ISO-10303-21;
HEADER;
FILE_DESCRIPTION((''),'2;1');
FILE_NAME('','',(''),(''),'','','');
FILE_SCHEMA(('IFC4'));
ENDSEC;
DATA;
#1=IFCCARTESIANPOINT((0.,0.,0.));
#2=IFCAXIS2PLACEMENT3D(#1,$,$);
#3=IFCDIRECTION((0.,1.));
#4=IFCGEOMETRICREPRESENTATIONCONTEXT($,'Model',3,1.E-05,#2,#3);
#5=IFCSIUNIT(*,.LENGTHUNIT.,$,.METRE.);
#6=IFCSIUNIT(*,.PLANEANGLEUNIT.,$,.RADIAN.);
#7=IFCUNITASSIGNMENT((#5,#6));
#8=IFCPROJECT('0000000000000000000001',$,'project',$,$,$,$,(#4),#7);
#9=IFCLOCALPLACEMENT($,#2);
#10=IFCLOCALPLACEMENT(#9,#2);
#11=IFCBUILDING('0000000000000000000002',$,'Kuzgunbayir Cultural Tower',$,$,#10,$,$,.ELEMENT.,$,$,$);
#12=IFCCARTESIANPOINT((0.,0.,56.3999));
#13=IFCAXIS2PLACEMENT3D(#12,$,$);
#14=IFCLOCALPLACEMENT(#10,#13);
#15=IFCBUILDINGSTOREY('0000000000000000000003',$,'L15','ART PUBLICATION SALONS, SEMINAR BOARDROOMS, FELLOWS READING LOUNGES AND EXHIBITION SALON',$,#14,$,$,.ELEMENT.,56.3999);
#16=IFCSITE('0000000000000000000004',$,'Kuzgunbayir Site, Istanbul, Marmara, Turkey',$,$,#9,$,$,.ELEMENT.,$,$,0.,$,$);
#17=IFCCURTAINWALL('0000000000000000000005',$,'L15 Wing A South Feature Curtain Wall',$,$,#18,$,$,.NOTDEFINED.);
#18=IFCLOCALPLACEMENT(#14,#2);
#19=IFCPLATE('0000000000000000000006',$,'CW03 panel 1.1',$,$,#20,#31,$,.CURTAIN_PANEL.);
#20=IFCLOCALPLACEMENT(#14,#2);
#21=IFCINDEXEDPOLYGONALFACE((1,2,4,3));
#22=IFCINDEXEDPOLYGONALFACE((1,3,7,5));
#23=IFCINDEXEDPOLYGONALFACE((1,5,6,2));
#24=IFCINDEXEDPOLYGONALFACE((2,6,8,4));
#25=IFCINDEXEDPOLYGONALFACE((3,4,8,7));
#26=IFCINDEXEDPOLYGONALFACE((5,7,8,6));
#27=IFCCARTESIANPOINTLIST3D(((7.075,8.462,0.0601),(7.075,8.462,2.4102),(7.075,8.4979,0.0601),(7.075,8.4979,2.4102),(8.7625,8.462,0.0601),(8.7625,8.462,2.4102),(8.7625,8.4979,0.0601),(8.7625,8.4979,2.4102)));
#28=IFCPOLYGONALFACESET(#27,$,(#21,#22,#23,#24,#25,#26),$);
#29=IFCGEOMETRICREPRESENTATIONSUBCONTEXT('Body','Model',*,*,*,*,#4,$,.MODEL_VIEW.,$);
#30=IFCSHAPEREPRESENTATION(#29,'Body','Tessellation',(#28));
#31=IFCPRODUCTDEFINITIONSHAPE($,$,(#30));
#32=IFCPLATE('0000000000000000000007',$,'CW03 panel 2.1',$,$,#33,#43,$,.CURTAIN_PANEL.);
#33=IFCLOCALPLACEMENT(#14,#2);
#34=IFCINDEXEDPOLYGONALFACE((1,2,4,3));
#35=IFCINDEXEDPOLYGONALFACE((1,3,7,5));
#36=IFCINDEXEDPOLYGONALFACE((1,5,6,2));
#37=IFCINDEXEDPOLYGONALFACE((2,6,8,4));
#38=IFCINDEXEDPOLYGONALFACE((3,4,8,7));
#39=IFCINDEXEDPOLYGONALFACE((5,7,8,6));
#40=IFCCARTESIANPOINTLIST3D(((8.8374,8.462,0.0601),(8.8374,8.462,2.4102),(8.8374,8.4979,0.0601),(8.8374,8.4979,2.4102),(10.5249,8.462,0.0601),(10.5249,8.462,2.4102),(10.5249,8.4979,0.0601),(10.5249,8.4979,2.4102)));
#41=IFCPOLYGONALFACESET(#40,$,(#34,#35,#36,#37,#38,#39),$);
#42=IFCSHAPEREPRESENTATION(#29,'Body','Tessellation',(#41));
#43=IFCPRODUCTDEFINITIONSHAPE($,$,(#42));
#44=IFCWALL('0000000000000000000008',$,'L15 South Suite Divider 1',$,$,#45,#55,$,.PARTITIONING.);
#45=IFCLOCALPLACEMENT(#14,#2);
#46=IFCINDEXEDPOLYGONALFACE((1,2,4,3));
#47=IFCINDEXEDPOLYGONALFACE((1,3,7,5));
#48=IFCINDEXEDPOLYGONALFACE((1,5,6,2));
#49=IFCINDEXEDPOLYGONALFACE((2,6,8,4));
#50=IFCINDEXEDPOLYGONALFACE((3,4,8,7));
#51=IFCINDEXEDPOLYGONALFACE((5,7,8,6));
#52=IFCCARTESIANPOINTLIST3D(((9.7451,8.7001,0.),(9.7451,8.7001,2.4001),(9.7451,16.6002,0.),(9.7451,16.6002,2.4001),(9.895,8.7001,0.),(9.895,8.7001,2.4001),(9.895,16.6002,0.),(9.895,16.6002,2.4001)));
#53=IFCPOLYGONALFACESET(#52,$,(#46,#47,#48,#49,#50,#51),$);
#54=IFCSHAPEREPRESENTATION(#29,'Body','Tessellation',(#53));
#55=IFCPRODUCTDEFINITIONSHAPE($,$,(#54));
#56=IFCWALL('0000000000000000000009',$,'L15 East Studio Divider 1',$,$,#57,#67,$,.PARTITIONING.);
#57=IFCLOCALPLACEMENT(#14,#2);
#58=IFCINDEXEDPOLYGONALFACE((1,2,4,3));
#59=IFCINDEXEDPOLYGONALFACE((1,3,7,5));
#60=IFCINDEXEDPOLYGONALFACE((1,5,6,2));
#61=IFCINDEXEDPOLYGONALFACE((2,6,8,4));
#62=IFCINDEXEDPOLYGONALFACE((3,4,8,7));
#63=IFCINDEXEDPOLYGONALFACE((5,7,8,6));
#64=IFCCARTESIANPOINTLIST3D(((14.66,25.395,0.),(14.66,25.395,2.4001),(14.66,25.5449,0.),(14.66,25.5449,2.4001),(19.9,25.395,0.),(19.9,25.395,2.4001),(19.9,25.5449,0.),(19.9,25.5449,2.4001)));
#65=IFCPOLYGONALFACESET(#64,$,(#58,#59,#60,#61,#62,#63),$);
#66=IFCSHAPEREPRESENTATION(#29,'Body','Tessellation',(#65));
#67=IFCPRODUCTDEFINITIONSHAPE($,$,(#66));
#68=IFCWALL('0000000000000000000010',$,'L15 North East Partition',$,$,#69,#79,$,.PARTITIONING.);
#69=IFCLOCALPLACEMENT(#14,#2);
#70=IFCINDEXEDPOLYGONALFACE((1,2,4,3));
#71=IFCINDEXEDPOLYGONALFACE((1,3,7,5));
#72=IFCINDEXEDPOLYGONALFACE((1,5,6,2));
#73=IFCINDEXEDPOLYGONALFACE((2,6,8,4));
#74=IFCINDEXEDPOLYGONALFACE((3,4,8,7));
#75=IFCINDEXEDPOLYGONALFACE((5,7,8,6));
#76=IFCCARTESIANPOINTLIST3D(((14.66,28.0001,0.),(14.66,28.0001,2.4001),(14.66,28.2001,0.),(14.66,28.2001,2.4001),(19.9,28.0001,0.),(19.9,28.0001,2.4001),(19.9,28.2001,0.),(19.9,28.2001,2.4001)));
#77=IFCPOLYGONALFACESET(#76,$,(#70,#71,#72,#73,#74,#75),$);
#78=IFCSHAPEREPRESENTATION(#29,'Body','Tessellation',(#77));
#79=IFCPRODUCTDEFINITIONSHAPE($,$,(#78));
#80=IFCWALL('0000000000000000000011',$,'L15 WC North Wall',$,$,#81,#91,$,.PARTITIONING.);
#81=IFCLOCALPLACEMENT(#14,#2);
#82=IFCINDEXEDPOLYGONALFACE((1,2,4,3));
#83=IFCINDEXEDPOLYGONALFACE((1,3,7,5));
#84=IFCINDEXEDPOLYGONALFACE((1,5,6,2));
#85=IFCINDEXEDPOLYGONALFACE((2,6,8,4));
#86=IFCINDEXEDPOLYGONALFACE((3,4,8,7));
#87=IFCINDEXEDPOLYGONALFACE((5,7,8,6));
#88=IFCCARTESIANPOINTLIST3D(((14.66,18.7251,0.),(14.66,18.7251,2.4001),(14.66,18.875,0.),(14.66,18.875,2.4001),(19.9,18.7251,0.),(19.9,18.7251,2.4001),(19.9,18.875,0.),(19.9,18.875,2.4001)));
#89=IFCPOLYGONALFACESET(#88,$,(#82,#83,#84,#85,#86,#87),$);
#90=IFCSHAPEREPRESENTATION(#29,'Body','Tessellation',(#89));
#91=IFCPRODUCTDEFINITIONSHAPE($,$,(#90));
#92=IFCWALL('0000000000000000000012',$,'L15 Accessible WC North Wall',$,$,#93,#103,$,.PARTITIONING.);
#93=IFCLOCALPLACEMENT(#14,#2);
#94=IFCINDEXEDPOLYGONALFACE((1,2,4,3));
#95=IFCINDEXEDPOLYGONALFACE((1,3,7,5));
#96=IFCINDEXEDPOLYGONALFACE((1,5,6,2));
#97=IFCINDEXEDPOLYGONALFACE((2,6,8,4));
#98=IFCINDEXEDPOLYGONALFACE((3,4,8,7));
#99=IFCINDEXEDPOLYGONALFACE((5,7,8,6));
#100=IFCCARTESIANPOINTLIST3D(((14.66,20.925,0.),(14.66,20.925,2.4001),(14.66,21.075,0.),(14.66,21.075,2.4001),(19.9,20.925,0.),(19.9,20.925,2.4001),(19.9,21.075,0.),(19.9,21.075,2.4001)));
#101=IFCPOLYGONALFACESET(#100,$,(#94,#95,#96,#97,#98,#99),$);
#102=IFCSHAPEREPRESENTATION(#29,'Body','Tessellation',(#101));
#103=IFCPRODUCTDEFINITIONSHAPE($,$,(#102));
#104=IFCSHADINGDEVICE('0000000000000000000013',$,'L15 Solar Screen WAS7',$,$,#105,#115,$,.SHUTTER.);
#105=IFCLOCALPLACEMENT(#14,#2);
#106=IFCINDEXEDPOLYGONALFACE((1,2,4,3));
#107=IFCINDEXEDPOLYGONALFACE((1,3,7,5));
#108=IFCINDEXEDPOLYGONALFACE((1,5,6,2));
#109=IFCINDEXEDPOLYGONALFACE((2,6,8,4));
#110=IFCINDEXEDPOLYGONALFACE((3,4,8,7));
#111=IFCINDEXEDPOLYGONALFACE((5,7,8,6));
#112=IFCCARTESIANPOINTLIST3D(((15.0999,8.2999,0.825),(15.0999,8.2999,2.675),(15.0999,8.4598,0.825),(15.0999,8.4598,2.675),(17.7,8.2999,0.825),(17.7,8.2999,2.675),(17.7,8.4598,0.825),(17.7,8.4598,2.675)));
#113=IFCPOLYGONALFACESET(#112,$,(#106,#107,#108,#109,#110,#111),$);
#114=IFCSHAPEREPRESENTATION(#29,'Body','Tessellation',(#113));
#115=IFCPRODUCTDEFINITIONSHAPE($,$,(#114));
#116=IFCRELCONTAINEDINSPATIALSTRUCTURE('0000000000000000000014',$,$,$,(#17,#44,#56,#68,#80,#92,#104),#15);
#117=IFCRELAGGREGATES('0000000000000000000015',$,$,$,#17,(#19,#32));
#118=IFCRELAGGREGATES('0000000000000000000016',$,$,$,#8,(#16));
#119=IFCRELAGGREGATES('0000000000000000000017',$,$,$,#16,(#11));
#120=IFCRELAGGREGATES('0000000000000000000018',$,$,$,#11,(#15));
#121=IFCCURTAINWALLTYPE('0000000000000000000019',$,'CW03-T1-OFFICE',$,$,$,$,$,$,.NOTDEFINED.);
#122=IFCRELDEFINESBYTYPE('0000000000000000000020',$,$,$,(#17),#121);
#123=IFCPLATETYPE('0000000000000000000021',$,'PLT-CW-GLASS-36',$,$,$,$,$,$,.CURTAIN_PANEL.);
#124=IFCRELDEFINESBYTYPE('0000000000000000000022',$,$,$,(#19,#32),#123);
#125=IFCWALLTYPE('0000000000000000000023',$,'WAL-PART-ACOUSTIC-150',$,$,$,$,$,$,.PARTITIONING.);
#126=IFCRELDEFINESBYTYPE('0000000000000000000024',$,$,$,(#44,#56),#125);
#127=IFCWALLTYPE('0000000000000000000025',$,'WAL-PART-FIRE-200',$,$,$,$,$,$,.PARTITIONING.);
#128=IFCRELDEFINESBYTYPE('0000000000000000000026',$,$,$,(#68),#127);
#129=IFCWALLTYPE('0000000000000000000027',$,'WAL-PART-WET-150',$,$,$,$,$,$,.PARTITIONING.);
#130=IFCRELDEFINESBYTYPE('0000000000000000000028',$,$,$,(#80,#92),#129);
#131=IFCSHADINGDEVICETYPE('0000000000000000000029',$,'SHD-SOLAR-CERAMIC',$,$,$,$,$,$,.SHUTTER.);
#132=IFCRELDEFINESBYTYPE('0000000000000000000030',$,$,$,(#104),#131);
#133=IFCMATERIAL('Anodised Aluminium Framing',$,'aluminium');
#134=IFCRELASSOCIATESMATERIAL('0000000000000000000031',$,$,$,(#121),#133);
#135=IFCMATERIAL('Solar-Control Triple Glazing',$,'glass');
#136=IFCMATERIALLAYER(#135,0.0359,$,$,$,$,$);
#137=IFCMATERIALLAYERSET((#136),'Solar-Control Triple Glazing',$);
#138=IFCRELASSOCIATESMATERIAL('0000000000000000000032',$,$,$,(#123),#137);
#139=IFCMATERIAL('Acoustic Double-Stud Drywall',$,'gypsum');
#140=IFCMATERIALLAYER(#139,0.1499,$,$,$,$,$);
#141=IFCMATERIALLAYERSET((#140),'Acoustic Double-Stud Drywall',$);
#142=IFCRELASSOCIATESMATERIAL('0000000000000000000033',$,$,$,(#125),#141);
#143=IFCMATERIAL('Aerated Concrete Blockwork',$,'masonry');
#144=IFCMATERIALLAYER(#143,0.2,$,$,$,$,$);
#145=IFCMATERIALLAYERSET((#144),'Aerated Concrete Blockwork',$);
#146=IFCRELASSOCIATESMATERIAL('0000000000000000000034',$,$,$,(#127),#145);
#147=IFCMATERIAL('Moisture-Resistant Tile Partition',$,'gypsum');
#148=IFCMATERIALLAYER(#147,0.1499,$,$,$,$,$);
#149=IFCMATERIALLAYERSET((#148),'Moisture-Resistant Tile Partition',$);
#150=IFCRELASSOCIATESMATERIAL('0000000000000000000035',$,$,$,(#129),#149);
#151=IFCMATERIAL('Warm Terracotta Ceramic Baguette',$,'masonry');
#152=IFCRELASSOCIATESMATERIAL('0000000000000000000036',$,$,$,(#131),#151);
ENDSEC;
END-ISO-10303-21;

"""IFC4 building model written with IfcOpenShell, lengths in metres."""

from ifc_helpers import new_model, si_unit, direction, frame, frame_2d, origin, origin_2d, place, context, subcontext, project, spatial, rectangle, extrude, material, layer, layer_set, type_object, element, aggregate, save


model = new_model("IFC4")

# Units and contexts
model_context = context("Model", 3, precision=1e-05, world=origin(), true_north=direction((0.0, 1.0)))
body_context = subcontext(model_context, "Body", "Model", "MODEL_VIEW")
ifc_project = project(units=[si_unit("LENGTHUNIT", "METRE"), si_unit("PLANEANGLEUNIT", "RADIAN")], contexts=[model_context])

# Site, building, storey
site_placement = place(None, origin())
site = spatial("IfcSite", under=ifc_project, at=site_placement, Name="Kuzgunbayir Site, Istanbul, Marmara, Turkey", CompositionType="ELEMENT", RefElevation=0.0)
building_placement = place(site_placement, origin())
building = spatial("IfcBuilding", under=site, at=building_placement, Name="Kuzgunbayir Cultural Tower", CompositionType="ELEMENT")
storey_placement = place(building_placement, frame((0.0, 0.0, 56.3999)))
storey = spatial("IfcBuildingStorey", under=building, at=storey_placement, Name="L15", Description="ART PUBLICATION SALONS, SEMINAR BOARDROOMS, FELLOWS READING LOUNGES AND EXHIBITION SALON", CompositionType="ELEMENT", Elevation=56.3999)

# Curtain wall, plates
ifc_material_1 = material(Name="Anodised Aluminium Framing", Category="aluminium")
curtain_wall_type = type_object("IfcCurtainWallType", Name="CW03-T1-OFFICE", PredefinedType="NOTDEFINED", material=ifc_material_1)
curtain_wall_placement = place(storey_placement, origin())
curtain_wall = element("IfcCurtainWall", 1, at=curtain_wall_placement, inside=storey, type_object=curtain_wall_type, Name="L15 Wing A South Feature Curtain Wall", PredefinedType="NOTDEFINED")
ifc_material_2 = material(Name="Solar-Control Triple Glazing", Category="glass")
ifc_layer_1 = layer(ifc_material_2, 0.0359)
ifc_layer_set_1 = layer_set([ifc_layer_1], Name="Solar-Control Triple Glazing")
plate_type = type_object("IfcPlateType", Name="PLT-CW-GLASS-36", PredefinedType="CURTAIN_PANEL", material=ifc_layer_set_1)
plate_1_placement = place(storey_placement, frame((7.9187, 8.48, 0.0601), z_axis=(0.0, 0.0, 1.0), x_axis=(1.0, 0.0, 0.0)))
plate_1 = element("IfcPlate", 2, at=plate_1_placement, type_object=plate_type, Name="CW03 panel 1.1", PredefinedType="CURTAIN_PANEL", context=body_context, shape_type="SweptSolid", body=[
    extrude(rectangle(XDim=1.6875, YDim=0.0359, at=origin_2d()), origin(), (0.0, 0.0, 1.0), 2.3501),
])
plate_2_placement = place(storey_placement, frame((9.6812, 8.48, 0.0601), z_axis=(0.0, 0.0, 1.0), x_axis=(1.0, 0.0, 0.0)))
plate_2 = element("IfcPlate", 3, at=plate_2_placement, type_object=plate_type, Name="CW03 panel 2.1", PredefinedType="CURTAIN_PANEL", context=body_context, shape_type="SweptSolid", body=[
    extrude(rectangle(XDim=1.6875, YDim=0.0359, at=origin_2d()), origin(), (0.0, 0.0, 1.0), 2.3501),
])
aggregate(curtain_wall, [plate_1, plate_2])

# Walls
ifc_material_3 = material(Name="Acoustic Double-Stud Drywall", Category="gypsum")
ifc_layer_2 = layer(ifc_material_3, 0.1499)
ifc_layer_set_2 = layer_set([ifc_layer_2], Name="Acoustic Double-Stud Drywall")
wall_type_1 = type_object("IfcWallType", Name="WAL-PART-ACOUSTIC-150", PredefinedType="PARTITIONING", material=ifc_layer_set_2)
wall_1_placement = place(storey_placement, frame((9.8201, 8.7, 0.0), z_axis=(0.0, 0.0, 1.0), x_axis=(0.0, 1.0, 0.0)))
element("IfcWall", 4, at=wall_1_placement, inside=storey, type_object=wall_type_1, Name="L15 South Suite Divider 1", PredefinedType="PARTITIONING", context=body_context, shape_type="SweptSolid", body=[
    extrude(rectangle(XDim=7.9001, YDim=0.1499, at=frame_2d((3.9502, 0.0))), origin(), (0.0, 0.0, 1.0), 2.4001),
])
wall_2_placement = place(storey_placement, frame((14.6599, 25.47, 0.0), z_axis=(0.0, 0.0, 1.0), x_axis=(1.0, 0.0, 0.0)))
element("IfcWall", 5, at=wall_2_placement, inside=storey, type_object=wall_type_1, Name="L15 East Studio Divider 1", PredefinedType="PARTITIONING", context=body_context, shape_type="SweptSolid", body=[
    extrude(rectangle(XDim=5.24, YDim=0.1499, at=frame_2d((2.6201, 0.0))), origin(), (0.0, 0.0, 1.0), 2.4001),
])

# Shared definitions
ifc_material_4 = material(Name="Aerated Concrete Blockwork", Category="masonry")
ifc_layer_3 = layer(ifc_material_4, 0.2)
ifc_layer_set_3 = layer_set([ifc_layer_3], Name="Aerated Concrete Blockwork")
wall_type_2 = type_object("IfcWallType", Name="WAL-PART-FIRE-200", PredefinedType="PARTITIONING", material=ifc_layer_set_3)

# Walls
wall_3_placement = place(storey_placement, frame((14.6599, 28.1001, 0.0), z_axis=(0.0, 0.0, 1.0), x_axis=(1.0, 0.0, 0.0)))
element("IfcWall", 6, at=wall_3_placement, inside=storey, type_object=wall_type_2, Name="L15 North East Partition", PredefinedType="PARTITIONING", context=body_context, shape_type="SweptSolid", body=[
    extrude(rectangle(XDim=5.24, YDim=0.2, at=frame_2d((2.6201, 0.0))), origin(), (0.0, 0.0, 1.0), 2.4001),
])
ifc_material_5 = material(Name="Moisture-Resistant Tile Partition", Category="gypsum")
ifc_layer_4 = layer(ifc_material_5, 0.1499)
ifc_layer_set_4 = layer_set([ifc_layer_4], Name="Moisture-Resistant Tile Partition")
wall_type_3 = type_object("IfcWallType", Name="WAL-PART-WET-150", PredefinedType="PARTITIONING", material=ifc_layer_set_4)
for number, where, z_axis, x_axis, name in (
    (7, (14.6599, 18.8, 0.0), (0.0, 0.0, 1.0), (1.0, 0.0, 0.0), "L15 WC North Wall"),
    (8, (14.6599, 21.0, 0.0), (0.0, 0.0, 1.0), (1.0, 0.0, 0.0), "L15 Accessible WC North Wall"),
):
    element("IfcWall", number, at=place(storey_placement, frame(where, z_axis=z_axis, x_axis=x_axis)), inside=storey, type_object=wall_type_3, Name=name, PredefinedType="PARTITIONING", context=body_context, shape_type="SweptSolid", body=[
        extrude(rectangle(XDim=5.24, YDim=0.1499, at=frame_2d((2.6201, 0.0))), origin(), (0.0, 0.0, 1.0), 2.4001),
    ])

# Shading device
ifc_material_6 = material(Name="Warm Terracotta Ceramic Baguette", Category="masonry")
shading_device_type = type_object("IfcShadingDeviceType", Name="SHD-SOLAR-CERAMIC", PredefinedType="SHUTTER", material=ifc_material_6)
shading_device_placement = place(storey_placement, frame((16.3999, 8.3799, 0.825), z_axis=(0.0, 0.0, 1.0), x_axis=(1.0, 0.0, 0.0)))
element("IfcShadingDevice", 9, at=shading_device_placement, inside=storey, type_object=shading_device_type, Name="L15 Solar Screen WAS7", PredefinedType="SHUTTER", context=body_context, shape_type="SweptSolid", body=[
    extrude(rectangle(XDim=2.6001, YDim=0.1599, at=origin_2d()), origin(), (0.0, 0.0, 1.0), 1.8501),
])

save(model, "model.ifc")
